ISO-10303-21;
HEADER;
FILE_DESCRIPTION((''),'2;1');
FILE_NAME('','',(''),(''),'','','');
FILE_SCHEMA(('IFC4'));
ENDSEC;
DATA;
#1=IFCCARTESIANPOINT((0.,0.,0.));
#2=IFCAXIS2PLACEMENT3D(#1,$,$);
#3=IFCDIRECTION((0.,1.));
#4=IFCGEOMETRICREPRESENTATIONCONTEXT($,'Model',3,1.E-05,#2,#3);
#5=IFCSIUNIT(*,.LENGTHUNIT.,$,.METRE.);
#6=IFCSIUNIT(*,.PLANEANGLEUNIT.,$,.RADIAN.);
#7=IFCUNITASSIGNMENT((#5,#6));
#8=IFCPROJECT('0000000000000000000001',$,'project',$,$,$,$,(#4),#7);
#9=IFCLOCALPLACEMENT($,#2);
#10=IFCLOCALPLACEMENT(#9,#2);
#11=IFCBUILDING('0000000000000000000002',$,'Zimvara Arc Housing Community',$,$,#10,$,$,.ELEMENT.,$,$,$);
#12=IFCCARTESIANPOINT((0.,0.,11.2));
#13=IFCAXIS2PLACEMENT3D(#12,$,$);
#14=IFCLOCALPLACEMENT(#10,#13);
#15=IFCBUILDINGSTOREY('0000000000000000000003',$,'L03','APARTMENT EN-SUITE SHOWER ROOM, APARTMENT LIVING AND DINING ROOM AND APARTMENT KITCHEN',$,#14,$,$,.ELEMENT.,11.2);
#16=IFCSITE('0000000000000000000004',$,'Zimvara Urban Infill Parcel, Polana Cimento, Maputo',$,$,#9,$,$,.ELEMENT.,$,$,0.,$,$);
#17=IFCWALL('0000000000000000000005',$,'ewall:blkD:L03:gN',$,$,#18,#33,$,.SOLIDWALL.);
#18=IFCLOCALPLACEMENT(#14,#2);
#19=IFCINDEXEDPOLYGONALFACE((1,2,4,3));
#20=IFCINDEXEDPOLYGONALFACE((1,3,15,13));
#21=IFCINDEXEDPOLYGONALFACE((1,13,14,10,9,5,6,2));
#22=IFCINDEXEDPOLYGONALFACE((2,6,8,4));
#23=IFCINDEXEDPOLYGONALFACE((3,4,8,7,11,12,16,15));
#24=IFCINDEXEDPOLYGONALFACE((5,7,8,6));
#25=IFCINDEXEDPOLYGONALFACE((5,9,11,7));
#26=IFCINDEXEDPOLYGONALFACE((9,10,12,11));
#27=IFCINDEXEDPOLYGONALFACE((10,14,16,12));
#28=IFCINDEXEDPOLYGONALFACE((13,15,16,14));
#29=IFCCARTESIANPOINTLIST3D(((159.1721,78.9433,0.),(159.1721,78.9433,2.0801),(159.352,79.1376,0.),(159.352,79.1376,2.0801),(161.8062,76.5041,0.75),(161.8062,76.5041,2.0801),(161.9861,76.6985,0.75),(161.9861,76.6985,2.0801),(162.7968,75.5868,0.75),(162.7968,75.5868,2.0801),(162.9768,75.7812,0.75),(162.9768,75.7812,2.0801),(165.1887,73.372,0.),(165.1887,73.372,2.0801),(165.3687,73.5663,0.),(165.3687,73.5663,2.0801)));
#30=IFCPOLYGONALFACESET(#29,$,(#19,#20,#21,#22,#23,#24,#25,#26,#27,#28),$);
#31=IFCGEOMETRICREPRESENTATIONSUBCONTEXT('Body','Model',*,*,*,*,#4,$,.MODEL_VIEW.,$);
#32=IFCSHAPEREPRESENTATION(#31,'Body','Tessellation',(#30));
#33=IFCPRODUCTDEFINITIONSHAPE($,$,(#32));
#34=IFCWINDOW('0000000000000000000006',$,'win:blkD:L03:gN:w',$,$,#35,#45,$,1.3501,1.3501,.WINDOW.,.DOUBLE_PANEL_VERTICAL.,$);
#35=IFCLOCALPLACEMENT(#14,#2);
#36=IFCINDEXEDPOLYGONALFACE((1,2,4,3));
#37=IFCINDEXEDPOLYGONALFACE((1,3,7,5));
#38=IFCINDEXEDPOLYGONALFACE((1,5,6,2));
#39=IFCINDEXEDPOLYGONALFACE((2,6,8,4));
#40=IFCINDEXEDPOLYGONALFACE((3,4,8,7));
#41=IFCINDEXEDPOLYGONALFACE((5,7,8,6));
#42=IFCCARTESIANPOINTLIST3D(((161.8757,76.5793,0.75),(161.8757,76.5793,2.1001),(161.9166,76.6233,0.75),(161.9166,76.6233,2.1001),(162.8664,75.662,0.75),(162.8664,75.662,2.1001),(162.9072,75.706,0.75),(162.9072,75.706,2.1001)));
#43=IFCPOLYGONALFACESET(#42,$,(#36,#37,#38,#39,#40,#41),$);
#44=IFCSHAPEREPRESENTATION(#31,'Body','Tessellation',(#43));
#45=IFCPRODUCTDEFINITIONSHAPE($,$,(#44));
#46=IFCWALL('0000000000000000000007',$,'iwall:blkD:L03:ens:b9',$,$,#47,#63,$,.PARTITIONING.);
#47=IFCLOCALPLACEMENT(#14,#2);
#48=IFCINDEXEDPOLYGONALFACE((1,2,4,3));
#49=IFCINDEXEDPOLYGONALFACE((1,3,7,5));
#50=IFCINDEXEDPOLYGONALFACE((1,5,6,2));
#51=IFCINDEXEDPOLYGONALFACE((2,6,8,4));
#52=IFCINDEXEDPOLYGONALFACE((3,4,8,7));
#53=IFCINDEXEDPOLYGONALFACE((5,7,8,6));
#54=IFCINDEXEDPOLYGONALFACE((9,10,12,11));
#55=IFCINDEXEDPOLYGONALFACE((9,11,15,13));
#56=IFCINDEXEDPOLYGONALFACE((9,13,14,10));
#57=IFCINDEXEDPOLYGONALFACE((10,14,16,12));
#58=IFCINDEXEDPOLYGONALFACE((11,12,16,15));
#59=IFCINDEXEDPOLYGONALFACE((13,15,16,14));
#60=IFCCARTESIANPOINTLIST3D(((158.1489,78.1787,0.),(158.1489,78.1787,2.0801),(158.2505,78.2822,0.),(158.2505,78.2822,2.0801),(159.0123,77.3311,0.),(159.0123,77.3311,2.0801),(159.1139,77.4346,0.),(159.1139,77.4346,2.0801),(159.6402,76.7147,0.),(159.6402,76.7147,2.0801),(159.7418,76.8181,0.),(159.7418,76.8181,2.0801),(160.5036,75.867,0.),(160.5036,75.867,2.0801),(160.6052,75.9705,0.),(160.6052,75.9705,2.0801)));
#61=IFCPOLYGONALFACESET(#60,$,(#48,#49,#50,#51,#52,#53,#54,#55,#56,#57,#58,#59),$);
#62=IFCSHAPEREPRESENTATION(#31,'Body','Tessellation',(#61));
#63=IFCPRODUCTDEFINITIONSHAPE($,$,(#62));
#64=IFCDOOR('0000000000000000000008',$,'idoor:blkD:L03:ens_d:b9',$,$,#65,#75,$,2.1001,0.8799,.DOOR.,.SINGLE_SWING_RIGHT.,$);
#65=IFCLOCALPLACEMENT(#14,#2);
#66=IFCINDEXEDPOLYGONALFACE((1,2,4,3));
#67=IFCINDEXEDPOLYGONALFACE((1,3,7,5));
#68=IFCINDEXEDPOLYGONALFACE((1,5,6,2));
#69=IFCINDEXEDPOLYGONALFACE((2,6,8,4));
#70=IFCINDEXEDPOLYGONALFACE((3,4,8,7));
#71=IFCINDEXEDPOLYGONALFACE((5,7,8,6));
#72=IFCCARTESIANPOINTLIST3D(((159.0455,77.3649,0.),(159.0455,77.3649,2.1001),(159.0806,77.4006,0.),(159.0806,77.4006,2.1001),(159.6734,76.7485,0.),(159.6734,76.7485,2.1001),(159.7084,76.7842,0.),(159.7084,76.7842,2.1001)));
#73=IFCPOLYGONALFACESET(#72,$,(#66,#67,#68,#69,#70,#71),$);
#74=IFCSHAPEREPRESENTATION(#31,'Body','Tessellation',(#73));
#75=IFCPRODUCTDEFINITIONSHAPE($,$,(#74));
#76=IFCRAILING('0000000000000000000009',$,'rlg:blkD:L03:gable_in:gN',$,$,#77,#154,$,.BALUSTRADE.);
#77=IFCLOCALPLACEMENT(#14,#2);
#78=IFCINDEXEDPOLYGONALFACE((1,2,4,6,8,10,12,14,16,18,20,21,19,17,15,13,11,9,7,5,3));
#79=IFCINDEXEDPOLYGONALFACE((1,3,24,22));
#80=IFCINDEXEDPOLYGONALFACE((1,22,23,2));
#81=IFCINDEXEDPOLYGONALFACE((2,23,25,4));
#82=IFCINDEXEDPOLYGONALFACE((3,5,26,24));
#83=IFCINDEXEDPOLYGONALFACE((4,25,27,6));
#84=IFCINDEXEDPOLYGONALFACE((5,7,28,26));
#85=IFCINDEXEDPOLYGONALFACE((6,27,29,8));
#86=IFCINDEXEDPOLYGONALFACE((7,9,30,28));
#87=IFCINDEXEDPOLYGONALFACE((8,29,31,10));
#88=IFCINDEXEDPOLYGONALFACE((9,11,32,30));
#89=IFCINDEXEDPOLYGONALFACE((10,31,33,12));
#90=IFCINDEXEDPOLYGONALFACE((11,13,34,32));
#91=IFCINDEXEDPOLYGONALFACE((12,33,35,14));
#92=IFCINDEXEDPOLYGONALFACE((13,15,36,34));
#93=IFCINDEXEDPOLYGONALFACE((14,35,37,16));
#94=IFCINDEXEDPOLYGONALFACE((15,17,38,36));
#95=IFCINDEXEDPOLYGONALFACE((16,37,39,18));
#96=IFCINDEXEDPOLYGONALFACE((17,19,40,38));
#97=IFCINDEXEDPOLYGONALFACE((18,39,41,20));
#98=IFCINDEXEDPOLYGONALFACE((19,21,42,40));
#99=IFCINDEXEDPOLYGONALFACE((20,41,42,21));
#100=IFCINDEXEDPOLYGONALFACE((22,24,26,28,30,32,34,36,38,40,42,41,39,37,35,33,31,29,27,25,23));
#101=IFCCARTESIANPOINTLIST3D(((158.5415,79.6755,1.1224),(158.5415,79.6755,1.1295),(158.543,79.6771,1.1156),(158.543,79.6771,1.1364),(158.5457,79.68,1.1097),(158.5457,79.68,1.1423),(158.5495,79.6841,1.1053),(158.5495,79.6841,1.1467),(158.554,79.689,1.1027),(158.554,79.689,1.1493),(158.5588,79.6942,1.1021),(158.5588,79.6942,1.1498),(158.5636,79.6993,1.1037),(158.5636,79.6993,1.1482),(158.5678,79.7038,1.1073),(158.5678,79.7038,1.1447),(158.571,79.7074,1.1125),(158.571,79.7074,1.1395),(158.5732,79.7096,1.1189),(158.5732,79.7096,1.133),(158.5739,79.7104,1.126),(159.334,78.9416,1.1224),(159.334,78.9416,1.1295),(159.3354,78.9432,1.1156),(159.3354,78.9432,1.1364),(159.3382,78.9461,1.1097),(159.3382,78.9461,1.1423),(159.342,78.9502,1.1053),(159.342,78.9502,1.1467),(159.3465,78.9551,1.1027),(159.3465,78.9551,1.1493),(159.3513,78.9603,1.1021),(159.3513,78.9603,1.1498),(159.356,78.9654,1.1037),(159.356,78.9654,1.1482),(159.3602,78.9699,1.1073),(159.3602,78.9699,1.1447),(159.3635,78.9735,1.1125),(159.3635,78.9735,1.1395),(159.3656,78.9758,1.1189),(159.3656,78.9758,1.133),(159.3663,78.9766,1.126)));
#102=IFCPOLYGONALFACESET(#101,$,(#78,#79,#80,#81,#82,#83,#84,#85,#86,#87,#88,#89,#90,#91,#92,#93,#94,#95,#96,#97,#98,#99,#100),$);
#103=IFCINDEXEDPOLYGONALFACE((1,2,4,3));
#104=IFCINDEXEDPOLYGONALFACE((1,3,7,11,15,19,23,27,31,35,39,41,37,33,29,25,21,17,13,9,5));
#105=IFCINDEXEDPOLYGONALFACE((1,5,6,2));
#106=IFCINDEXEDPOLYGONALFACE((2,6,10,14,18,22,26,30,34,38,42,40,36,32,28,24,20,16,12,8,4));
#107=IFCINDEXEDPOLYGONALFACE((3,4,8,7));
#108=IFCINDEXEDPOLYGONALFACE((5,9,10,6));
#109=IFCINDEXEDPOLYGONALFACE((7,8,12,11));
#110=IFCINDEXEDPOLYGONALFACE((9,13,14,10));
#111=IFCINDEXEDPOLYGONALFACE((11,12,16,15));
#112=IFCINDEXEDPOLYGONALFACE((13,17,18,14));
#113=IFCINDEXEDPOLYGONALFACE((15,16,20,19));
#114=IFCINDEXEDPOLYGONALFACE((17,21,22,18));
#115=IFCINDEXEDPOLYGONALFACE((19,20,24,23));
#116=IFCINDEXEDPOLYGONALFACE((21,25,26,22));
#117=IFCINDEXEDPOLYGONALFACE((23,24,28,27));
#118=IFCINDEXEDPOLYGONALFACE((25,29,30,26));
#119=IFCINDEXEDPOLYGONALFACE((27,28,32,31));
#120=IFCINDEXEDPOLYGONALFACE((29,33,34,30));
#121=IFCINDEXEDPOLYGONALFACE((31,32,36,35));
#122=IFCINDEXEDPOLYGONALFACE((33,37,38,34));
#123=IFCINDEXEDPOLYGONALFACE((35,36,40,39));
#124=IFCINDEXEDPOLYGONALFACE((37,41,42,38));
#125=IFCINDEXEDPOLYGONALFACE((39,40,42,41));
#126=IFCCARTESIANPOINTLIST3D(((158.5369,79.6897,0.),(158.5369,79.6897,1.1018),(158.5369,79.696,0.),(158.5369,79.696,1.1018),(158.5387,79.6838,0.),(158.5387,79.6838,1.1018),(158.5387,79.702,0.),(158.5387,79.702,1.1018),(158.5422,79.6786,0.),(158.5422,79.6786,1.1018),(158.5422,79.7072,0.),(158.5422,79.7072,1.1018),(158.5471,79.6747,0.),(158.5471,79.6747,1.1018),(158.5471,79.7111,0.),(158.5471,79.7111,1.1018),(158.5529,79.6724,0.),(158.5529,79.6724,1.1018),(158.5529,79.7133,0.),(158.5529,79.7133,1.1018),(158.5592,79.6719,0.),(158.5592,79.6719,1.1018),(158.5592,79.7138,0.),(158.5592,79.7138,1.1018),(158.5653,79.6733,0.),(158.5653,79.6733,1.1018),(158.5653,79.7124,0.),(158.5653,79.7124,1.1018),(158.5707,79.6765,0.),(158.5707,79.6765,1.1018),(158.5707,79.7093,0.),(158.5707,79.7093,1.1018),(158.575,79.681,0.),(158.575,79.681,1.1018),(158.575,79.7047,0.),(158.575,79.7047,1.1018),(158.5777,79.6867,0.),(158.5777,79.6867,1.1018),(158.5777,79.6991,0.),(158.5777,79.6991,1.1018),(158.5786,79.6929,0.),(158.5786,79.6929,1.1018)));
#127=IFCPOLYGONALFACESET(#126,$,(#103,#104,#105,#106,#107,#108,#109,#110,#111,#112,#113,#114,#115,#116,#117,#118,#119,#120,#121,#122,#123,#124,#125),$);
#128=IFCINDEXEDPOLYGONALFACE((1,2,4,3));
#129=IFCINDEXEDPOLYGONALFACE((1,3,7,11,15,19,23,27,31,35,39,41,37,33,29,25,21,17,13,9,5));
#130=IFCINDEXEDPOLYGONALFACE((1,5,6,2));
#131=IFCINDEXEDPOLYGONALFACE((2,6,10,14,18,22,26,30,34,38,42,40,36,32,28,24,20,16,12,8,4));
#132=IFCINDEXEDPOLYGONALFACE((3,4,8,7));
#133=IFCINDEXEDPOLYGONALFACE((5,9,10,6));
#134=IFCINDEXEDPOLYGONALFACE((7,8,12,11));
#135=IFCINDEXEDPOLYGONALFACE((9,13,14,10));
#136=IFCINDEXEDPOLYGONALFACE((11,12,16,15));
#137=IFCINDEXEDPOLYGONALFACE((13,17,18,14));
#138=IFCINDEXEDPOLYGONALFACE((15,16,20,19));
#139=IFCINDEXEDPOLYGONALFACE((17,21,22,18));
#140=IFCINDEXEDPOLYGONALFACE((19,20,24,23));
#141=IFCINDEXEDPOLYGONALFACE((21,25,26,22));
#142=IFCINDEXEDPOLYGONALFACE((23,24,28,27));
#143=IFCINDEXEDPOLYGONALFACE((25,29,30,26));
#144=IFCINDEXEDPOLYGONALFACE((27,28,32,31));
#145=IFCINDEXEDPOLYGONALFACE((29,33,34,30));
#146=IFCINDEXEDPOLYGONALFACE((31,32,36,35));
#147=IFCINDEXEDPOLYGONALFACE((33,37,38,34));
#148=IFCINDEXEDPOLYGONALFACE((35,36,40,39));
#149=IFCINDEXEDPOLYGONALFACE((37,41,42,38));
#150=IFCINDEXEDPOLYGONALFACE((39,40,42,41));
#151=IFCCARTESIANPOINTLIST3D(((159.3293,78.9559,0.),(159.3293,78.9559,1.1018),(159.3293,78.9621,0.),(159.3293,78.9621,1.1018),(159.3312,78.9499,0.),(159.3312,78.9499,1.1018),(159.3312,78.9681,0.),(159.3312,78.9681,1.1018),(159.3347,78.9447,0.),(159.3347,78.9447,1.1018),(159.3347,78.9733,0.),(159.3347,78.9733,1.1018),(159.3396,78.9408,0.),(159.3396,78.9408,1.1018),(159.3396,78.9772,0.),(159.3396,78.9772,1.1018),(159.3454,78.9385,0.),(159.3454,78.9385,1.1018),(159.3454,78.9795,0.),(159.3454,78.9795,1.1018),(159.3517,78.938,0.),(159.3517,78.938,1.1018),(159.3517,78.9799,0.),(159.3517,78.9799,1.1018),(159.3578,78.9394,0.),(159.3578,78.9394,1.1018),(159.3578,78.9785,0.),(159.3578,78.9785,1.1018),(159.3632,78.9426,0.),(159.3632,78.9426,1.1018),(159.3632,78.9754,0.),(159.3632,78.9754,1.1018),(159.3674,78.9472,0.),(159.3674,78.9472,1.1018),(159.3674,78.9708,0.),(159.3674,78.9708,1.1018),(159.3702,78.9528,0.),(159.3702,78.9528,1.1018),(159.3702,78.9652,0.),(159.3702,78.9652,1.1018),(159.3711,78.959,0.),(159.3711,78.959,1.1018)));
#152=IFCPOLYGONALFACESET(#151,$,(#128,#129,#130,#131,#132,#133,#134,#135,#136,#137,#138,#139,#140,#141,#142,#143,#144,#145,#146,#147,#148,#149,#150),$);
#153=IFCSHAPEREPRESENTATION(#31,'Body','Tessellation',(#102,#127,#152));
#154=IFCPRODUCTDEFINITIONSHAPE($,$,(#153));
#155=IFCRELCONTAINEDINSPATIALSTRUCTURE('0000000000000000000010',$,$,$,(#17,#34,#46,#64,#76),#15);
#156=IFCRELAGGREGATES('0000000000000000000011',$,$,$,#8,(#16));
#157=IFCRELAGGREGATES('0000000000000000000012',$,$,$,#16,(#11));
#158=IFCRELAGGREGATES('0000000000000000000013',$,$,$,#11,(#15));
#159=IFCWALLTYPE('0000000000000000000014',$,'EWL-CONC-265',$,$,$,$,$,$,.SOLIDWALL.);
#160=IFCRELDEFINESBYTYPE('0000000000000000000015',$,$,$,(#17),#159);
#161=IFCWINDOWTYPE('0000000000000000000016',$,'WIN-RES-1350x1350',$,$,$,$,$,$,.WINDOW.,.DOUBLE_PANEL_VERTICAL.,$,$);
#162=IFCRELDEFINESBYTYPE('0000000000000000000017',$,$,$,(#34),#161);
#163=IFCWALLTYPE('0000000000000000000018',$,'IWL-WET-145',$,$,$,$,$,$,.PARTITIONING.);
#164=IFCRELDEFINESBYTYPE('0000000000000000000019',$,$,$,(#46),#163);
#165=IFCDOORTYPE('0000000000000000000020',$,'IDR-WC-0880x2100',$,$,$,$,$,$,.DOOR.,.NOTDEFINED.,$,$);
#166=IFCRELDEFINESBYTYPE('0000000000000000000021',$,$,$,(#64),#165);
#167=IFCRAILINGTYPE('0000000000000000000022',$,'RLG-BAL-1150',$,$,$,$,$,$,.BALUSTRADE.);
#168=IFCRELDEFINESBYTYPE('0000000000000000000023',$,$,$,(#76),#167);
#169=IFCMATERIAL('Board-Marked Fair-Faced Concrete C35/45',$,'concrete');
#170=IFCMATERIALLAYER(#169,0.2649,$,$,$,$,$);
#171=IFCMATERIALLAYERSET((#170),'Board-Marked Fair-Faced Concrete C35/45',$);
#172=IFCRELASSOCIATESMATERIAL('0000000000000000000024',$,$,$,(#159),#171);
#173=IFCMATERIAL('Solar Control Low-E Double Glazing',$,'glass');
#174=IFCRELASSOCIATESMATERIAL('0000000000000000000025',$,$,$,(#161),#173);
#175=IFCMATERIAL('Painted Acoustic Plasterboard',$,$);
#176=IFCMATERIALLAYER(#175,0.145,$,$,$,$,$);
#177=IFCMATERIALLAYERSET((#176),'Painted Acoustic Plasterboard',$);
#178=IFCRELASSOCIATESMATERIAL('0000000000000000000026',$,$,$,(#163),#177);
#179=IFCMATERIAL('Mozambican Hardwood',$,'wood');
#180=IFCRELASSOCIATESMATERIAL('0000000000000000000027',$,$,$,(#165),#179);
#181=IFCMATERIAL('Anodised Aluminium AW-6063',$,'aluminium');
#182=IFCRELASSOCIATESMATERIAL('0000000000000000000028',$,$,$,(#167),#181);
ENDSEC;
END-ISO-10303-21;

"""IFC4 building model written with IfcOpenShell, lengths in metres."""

from ifc_helpers import new_model, si_unit, direction, frame, frame_2d, origin, origin_2d, place, context, subcontext, project, spatial, rectangle, circle, extrude, material, layer, layer_set, type_object, element, fill, save


model = new_model("IFC4")

# Units and contexts
model_context = context("Model", 3, precision=1e-05, world=origin(), true_north=direction((0.0, 1.0)))
body_context = subcontext(model_context, "Body", "Model", "MODEL_VIEW")
ifc_project = project(units=[si_unit("LENGTHUNIT", "METRE"), si_unit("PLANEANGLEUNIT", "RADIAN")], contexts=[model_context])

# Site, building, storey
site_placement = place(None, origin())
site = spatial("IfcSite", under=ifc_project, at=site_placement, Name="Zimvara Urban Infill Parcel, Polana Cimento, Maputo", CompositionType="ELEMENT", RefElevation=0.0)
building_placement = place(site_placement, origin())
building = spatial("IfcBuilding", under=site, at=building_placement, Name="Zimvara Arc Housing Community", CompositionType="ELEMENT")
storey_placement = place(building_placement, frame((0.0, 0.0, 11.2)))
storey = spatial("IfcBuildingStorey", under=building, at=storey_placement, Name="L03", Description="APARTMENT EN-SUITE SHOWER ROOM, APARTMENT LIVING AND DINING ROOM AND APARTMENT KITCHEN", CompositionType="ELEMENT", Elevation=11.2)

# Wall, opening, window
ifc_material_1 = material(Name="Board-Marked Fair-Faced Concrete C35/45", Category="concrete")
ifc_layer_1 = layer(ifc_material_1, 0.2649)
ifc_layer_set_1 = layer_set([ifc_layer_1], Name="Board-Marked Fair-Faced Concrete C35/45")
wall_type_1 = type_object("IfcWallType", Name="EWL-CONC-265", PredefinedType="SOLIDWALL", material=ifc_layer_set_1)
wall_1_placement = place(storey_placement, frame((159.262, 79.0405, 0.0), z_axis=(0.0, 0.0, 1.0), x_axis=(0.733739, -0.679432, 0.0)))
wall_1 = element("IfcWall", 1, at=wall_1_placement, inside=storey, type_object=wall_type_1, Name="ewall:blkD:L03:gN", PredefinedType="SOLIDWALL", context=body_context, shape_type="SweptSolid", body=[
    extrude(rectangle(XDim=8.2, YDim=0.2649, at=frame_2d((4.1001, 0.0))), origin(), (0.0, 0.0, 1.0), 2.0801),
])
opening_1_placement = place(wall_1_placement, frame((3.5901, 0.0, 0.75)))
opening_1 = element("IfcOpeningElement", 2, at=opening_1_placement, cuts=wall_1, PredefinedType="OPENING", context=body_context, shape_type="SweptSolid", body=[
    extrude(rectangle(XDim=1.3501, YDim=1.3501, at=frame_2d((0.675, 0.675))), frame((0.0, 0.1423, 0.0), z_axis=(0.0, -1.0, 0.0), x_axis=(1.0, 0.0, 0.0)), (0.0, 0.0, 1.0), 0.2849),
])
ifc_material_2 = material(Name="Solar Control Low-E Double Glazing", Category="glass")
window_type = type_object("IfcWindowType", Name="WIN-RES-1350x1350", PartitioningType="DOUBLE_PANEL_VERTICAL", PredefinedType="WINDOW", material=ifc_material_2)
window_placement = place(opening_1_placement, origin())
window = element("IfcWindow", 3, at=window_placement, inside=storey, type_object=window_type, Name="win:blkD:L03:gN:w", OverallHeight=1.3501, OverallWidth=1.3501, PartitioningType="DOUBLE_PANEL_VERTICAL", PredefinedType="WINDOW", context=body_context, shape_type="SweptSolid", body=[
    extrude(rectangle(XDim=1.3501, YDim=1.3501, at=frame_2d((0.675, 0.675))), frame((0.0, 0.03, 0.0), z_axis=(0.0, -1.0, 0.0), x_axis=(1.0, 0.0, 0.0)), (0.0, 0.0, 1.0), 0.0601),
])
fill(opening_1, window)

# Wall, opening, door
ifc_material_3 = material(Name="Painted Acoustic Plasterboard")
ifc_layer_2 = layer(ifc_material_3, 0.145)
ifc_layer_set_2 = layer_set([ifc_layer_2], Name="Painted Acoustic Plasterboard")
wall_type_2 = type_object("IfcWallType", Name="IWL-WET-145", PredefinedType="PARTITIONING", material=ifc_layer_set_2)
wall_2_placement = place(storey_placement, frame((158.1997, 78.2305, 0.0), z_axis=(0.0, 0.0, 1.0), x_axis=(0.713588, -0.700566, 0.0)))
wall_2 = element("IfcWall", 4, at=wall_2_placement, inside=storey, type_object=wall_type_2, Name="iwall:blkD:L03:ens:b9", PredefinedType="PARTITIONING", context=body_context, shape_type="SweptSolid", body=[
    extrude(rectangle(XDim=3.2998, YDim=0.145, at=frame_2d((1.6499, 0.0))), origin(), (0.0, 0.0, 1.0), 2.0801),
])
opening_2_placement = place(wall_2_placement, frame((1.21, 0.0, 0.0)))
opening_2 = element("IfcOpeningElement", 5, at=opening_2_placement, cuts=wall_2, PredefinedType="OPENING", context=body_context, shape_type="SweptSolid", body=[
    extrude(rectangle(XDim=0.8799, YDim=2.1001, at=frame_2d((0.4399, 1.05))), frame((0.0, 0.0825, 0.0), z_axis=(0.0, -1.0, 0.0), x_axis=(1.0, 0.0, 0.0)), (0.0, 0.0, 1.0), 0.165),
])
ifc_material_4 = material(Name="Mozambican Hardwood", Category="wood")
door_type = type_object("IfcDoorType", Name="IDR-WC-0880x2100", OperationType="NOTDEFINED", PredefinedType="DOOR", material=ifc_material_4)
door_placement = place(opening_2_placement, origin())
door = element("IfcDoor", 6, at=door_placement, inside=storey, type_object=door_type, Name="idoor:blkD:L03:ens_d:b9", OperationType="SINGLE_SWING_RIGHT", OverallHeight=2.1001, OverallWidth=0.8799, PredefinedType="DOOR", context=body_context, shape_type="SweptSolid", body=[
    extrude(rectangle(XDim=0.8799, YDim=2.1001, at=frame_2d((0.4399, 1.05))), frame((0.0, 0.0249, 0.0), z_axis=(0.0, -1.0, 0.0), x_axis=(1.0, 0.0, 0.0)), (0.0, 0.0, 1.0), 0.05),
])
fill(opening_2, door)

# Railing
ifc_material_5 = material(Name="Anodised Aluminium AW-6063", Category="aluminium")
railing_type = type_object("IfcRailingType", Name="RLG-BAL-1150", PredefinedType="BALUSTRADE", material=ifc_material_5)
railing_placement = place(storey_placement, frame((158.5576, 79.6929, 0.0)))
element("IfcRailing", 7, at=railing_placement, inside=storey, type_object=railing_type, Name="rlg:blkD:L03:gable_in:gN", PredefinedType="BALUSTRADE", context=body_context, shape_type="SweptSolid", body=[
    extrude(circle(Radius=0.0239, at=origin_2d()), frame((0.0, 0.0, 1.126), z_axis=(0.733711, -0.679462, 0.0), x_axis=(0.679462, 0.733711, 0.0)), (0.0, 0.0, 1.0), 1.0801),
    extrude(circle(Radius=0.021, at=origin_2d()), origin(), (0.0, 0.0, 1.0), 1.1018),
    extrude(circle(Radius=0.021, at=origin_2d()), frame((0.7925, -0.7339, 0.0)), (0.0, 0.0, 1.0), 1.1018),
])

save(model, "model.ifc")
